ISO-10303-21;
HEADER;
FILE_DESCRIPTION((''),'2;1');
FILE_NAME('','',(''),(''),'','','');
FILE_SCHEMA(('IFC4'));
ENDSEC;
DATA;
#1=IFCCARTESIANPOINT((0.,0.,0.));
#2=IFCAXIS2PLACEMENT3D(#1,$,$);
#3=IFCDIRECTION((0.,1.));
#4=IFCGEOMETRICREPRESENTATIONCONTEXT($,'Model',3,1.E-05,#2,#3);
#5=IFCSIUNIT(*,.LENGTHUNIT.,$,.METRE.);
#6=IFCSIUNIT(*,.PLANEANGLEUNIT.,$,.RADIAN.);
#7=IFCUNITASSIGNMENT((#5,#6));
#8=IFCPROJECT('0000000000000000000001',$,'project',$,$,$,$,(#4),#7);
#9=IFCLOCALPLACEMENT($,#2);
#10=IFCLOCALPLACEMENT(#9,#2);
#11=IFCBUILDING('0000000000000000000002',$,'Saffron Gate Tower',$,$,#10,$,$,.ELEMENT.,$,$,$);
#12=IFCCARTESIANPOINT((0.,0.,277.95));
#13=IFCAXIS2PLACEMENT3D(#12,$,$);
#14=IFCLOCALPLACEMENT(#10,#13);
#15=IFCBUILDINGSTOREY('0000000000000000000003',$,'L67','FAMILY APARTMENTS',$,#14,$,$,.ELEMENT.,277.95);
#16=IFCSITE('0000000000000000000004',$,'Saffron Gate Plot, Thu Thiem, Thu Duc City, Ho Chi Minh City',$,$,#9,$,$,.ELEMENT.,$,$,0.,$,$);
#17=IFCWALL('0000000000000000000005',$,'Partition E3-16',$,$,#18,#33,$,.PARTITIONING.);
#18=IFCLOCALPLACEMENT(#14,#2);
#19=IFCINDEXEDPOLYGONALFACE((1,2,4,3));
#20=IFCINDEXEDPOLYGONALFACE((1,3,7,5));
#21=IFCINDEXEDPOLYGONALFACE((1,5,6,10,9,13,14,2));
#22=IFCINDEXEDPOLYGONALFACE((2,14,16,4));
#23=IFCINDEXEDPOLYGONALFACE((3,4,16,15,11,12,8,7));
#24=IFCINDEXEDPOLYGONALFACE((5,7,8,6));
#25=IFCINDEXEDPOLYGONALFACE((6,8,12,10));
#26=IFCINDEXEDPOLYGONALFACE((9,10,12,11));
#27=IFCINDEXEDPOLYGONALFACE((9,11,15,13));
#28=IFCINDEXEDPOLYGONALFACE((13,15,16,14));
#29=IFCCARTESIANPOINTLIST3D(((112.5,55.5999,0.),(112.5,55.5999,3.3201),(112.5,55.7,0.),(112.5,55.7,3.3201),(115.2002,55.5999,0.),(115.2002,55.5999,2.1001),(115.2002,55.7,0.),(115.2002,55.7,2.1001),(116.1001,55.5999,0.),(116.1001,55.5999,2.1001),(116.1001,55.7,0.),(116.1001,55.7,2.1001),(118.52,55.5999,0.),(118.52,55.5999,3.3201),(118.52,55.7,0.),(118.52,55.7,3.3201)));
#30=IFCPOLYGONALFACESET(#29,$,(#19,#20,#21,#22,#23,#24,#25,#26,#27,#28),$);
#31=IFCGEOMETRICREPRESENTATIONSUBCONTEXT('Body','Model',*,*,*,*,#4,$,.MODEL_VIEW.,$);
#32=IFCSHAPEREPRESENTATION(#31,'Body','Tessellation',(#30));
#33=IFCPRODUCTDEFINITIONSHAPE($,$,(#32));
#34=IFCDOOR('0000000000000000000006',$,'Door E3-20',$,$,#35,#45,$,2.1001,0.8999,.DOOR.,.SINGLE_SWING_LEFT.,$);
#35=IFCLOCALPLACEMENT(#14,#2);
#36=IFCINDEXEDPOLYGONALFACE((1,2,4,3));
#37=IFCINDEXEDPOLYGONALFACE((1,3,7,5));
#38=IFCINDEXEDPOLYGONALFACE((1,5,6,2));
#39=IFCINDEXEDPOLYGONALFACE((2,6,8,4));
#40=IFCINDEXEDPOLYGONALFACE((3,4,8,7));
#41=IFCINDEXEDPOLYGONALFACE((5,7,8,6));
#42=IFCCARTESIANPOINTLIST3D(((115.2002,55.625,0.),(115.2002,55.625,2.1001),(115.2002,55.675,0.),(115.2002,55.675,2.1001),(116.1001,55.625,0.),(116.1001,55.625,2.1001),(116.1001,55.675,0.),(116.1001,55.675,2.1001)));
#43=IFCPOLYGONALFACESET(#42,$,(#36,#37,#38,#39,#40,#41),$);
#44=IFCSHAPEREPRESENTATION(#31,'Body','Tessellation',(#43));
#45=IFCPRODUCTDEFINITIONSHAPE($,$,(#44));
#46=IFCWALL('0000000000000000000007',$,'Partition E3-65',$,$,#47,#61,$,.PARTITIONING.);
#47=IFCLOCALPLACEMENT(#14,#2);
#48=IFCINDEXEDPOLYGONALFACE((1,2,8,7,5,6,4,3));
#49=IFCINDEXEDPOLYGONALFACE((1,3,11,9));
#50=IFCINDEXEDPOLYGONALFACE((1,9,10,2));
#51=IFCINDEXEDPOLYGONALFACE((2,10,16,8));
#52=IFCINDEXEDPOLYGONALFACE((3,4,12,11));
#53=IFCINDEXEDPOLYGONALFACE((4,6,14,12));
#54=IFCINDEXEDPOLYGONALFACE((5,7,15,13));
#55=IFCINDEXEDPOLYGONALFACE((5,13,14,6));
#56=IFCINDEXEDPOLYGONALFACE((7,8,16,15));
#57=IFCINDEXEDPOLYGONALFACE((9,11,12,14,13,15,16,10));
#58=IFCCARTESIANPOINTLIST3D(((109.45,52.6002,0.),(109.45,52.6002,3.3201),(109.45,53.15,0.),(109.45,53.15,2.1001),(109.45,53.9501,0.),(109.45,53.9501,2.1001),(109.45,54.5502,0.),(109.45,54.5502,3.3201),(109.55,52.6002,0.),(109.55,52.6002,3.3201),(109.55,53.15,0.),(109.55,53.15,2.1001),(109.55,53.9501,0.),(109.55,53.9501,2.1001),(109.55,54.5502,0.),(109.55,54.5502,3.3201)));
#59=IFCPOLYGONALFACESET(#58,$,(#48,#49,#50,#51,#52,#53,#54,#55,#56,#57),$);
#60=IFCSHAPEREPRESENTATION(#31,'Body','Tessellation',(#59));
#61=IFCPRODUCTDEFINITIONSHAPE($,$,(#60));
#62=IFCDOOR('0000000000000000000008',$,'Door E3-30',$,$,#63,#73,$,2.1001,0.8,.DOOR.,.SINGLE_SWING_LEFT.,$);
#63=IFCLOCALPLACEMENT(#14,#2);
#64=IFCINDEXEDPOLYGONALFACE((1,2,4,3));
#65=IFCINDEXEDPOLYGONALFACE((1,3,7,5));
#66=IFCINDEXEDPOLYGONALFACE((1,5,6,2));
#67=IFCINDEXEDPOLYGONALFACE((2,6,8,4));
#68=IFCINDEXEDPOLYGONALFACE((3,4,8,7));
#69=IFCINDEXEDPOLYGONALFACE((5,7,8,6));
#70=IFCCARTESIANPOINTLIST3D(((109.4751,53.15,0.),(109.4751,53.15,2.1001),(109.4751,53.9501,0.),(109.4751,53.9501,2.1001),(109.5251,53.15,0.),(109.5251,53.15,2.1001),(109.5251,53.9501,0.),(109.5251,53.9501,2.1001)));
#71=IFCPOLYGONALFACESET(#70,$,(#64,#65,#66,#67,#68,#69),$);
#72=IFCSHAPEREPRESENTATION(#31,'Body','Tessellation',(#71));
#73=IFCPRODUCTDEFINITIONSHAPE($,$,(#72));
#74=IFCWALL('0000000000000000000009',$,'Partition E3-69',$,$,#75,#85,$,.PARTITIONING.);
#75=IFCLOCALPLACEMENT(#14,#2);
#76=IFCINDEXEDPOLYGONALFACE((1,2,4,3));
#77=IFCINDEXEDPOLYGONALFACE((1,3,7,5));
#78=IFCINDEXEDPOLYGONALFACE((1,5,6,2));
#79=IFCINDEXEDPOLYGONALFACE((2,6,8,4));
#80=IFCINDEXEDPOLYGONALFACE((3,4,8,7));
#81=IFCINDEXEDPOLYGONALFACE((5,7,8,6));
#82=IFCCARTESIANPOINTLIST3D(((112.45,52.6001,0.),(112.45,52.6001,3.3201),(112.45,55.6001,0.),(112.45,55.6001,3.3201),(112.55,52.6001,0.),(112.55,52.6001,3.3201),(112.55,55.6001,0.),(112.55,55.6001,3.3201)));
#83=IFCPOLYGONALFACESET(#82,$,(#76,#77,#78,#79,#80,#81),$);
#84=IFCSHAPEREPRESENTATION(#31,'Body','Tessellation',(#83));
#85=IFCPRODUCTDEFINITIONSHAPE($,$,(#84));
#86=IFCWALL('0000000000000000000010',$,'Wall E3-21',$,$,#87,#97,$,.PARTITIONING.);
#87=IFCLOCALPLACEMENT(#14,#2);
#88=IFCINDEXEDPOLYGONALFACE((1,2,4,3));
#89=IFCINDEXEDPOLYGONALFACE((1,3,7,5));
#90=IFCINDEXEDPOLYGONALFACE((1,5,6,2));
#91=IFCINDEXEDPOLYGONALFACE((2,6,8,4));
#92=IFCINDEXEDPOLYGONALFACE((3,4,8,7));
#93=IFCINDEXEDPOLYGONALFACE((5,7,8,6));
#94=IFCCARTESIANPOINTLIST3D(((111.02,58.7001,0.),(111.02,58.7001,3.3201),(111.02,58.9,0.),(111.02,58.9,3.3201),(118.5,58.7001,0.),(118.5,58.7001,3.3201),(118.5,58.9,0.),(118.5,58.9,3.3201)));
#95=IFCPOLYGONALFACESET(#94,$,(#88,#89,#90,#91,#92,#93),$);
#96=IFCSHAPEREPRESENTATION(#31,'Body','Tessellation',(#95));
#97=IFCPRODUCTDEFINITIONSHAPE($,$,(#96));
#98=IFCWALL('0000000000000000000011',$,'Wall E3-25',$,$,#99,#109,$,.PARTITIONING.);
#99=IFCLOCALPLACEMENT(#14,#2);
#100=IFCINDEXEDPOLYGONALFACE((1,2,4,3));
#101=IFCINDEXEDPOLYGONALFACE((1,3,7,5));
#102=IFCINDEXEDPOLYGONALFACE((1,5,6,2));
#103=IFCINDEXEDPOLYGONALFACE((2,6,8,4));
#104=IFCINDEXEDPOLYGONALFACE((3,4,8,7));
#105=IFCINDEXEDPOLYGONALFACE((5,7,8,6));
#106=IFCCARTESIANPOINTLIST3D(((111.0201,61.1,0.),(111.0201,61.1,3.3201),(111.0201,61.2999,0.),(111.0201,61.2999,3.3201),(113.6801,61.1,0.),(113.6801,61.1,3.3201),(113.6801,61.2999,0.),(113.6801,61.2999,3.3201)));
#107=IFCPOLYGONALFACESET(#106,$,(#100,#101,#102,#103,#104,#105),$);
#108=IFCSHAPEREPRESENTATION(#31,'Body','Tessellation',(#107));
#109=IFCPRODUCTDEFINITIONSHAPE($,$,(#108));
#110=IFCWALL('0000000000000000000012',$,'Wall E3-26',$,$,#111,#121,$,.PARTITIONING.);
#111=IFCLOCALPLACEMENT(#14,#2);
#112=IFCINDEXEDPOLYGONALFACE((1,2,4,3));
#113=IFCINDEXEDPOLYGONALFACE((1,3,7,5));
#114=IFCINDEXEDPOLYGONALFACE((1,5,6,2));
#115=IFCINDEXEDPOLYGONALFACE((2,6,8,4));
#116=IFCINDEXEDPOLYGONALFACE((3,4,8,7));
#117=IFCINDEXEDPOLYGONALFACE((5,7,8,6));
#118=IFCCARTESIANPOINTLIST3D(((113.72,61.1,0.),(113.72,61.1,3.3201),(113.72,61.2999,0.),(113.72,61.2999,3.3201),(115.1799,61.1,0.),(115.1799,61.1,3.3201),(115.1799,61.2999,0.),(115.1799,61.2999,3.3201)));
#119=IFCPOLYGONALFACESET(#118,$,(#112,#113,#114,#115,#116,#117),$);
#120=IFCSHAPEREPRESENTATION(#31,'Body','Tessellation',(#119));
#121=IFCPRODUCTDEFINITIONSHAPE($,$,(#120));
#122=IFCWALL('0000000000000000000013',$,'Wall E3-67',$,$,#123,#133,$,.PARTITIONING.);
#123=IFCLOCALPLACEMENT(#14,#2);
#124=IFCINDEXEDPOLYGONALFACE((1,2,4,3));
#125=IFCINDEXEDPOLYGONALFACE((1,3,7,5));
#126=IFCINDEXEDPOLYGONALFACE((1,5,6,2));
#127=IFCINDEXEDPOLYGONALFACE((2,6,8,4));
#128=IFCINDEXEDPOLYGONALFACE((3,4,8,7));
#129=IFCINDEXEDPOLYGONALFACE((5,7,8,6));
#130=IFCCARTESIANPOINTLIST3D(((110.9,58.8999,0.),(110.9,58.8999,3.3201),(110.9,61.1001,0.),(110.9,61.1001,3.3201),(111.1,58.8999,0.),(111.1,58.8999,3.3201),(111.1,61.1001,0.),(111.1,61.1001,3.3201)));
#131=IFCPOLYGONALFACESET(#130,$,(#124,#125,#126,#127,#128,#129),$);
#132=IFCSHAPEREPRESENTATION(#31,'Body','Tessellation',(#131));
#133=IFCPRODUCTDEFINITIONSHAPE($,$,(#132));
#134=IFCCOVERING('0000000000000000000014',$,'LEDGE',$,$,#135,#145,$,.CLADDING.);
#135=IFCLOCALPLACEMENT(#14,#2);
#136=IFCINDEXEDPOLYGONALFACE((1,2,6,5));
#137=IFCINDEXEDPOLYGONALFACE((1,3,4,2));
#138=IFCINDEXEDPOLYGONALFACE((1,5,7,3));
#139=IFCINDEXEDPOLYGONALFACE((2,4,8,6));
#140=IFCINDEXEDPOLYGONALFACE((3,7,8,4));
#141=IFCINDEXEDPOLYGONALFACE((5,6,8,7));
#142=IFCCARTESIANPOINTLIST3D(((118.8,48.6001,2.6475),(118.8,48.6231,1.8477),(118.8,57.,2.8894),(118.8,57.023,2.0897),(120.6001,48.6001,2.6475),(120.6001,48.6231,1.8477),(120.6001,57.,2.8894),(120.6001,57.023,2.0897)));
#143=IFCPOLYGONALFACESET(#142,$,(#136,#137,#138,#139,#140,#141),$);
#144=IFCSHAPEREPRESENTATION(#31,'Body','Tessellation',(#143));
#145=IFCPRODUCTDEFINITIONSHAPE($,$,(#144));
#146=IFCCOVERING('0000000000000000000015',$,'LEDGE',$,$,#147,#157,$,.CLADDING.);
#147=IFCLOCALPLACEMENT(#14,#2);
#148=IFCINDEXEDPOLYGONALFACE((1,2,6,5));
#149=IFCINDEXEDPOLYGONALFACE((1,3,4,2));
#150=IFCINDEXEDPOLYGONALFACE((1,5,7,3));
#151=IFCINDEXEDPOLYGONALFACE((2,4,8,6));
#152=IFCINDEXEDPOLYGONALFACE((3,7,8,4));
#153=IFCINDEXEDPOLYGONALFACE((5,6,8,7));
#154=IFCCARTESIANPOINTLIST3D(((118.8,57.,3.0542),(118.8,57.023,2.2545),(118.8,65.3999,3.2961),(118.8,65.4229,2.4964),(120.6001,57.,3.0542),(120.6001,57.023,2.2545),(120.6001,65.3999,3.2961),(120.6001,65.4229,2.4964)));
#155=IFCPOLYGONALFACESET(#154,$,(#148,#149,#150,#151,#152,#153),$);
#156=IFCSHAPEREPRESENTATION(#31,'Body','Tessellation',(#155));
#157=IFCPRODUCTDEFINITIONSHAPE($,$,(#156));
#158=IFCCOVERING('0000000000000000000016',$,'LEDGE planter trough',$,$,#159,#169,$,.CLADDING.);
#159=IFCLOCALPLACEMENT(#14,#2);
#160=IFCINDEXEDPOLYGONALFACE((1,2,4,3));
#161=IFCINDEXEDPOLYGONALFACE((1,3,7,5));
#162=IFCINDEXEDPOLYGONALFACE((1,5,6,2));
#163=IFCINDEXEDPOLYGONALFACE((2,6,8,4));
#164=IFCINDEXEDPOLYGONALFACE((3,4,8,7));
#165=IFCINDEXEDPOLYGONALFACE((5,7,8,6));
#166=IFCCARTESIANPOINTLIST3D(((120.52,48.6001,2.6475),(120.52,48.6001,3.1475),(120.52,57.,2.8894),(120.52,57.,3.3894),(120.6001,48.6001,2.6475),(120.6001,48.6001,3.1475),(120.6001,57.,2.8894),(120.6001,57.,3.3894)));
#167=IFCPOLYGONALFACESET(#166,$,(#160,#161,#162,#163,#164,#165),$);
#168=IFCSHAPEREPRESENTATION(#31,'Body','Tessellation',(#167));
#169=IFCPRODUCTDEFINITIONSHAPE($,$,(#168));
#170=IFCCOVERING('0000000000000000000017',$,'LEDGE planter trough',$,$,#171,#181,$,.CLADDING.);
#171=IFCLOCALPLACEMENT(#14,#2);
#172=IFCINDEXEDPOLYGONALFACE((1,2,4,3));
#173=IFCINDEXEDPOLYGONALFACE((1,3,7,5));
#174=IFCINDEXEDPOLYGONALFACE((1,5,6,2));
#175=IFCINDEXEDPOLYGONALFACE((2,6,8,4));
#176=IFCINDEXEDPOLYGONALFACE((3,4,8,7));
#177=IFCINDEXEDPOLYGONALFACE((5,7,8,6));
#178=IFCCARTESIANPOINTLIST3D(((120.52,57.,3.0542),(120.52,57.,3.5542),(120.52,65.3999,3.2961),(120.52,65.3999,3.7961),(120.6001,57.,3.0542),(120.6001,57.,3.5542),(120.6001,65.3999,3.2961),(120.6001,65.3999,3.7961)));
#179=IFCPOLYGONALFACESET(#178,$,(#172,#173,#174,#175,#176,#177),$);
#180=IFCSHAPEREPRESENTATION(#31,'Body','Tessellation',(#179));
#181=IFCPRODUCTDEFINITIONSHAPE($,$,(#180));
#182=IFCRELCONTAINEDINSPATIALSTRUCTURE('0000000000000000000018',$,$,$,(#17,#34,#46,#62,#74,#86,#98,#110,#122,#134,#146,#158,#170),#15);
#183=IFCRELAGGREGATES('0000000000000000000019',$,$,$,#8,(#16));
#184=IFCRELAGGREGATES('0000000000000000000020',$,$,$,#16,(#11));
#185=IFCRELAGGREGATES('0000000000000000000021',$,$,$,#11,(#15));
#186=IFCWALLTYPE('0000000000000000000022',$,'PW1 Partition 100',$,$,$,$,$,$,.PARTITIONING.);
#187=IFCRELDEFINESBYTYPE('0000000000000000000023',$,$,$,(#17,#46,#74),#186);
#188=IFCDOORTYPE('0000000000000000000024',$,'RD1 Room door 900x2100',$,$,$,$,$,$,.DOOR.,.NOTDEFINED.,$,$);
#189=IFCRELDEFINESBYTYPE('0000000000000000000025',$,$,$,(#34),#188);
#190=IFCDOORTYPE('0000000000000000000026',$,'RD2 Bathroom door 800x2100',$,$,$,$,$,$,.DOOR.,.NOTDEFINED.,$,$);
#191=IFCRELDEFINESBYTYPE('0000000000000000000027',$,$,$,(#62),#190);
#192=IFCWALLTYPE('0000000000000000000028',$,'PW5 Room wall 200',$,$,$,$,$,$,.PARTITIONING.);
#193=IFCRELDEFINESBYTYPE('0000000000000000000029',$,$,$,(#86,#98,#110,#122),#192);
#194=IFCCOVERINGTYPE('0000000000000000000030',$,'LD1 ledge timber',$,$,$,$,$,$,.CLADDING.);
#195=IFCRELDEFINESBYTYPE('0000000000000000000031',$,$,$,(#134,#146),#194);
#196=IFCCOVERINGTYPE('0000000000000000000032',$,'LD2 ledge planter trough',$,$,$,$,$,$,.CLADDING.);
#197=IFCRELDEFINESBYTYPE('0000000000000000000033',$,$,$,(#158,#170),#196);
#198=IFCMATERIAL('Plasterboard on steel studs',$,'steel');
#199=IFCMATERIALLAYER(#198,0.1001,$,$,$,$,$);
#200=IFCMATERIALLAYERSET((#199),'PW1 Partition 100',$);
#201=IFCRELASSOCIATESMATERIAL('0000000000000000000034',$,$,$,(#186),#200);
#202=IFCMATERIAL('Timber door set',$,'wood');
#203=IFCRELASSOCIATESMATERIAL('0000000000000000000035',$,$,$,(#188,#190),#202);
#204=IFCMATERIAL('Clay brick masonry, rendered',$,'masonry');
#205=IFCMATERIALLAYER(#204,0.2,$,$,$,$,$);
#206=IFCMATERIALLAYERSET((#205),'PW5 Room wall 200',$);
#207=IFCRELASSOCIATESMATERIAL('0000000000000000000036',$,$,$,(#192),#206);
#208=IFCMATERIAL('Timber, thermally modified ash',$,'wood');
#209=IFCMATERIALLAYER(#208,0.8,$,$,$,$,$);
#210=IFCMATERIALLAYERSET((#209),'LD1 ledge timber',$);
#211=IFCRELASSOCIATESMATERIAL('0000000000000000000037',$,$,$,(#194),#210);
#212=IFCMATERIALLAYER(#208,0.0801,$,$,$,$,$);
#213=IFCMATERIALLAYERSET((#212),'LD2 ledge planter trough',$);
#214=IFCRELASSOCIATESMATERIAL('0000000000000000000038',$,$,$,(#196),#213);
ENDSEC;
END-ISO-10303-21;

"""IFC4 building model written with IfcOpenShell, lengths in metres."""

from ifc_helpers import new_model, si_unit, direction, frame, frame_2d, origin, place, context, subcontext, project, spatial, polyline, rectangle, outline, extrude, material, layer, layer_set, type_object, element, fill, save


model = new_model("IFC4")

# Units and contexts
model_context = context("Model", 3, precision=1e-05, world=origin(), true_north=direction((0.0, 1.0)))
body_context = subcontext(model_context, "Body", "Model", "MODEL_VIEW")
ifc_project = project(units=[si_unit("LENGTHUNIT", "METRE"), si_unit("PLANEANGLEUNIT", "RADIAN")], contexts=[model_context])

# Site, building, storey
site_placement = place(None, origin())
site = spatial("IfcSite", under=ifc_project, at=site_placement, Name="Saffron Gate Plot, Thu Thiem, Thu Duc City, Ho Chi Minh City", CompositionType="ELEMENT", RefElevation=0.0)
building_placement = place(site_placement, origin())
building = spatial("IfcBuilding", under=site, at=building_placement, Name="Saffron Gate Tower", CompositionType="ELEMENT")
storey_placement = place(building_placement, frame((0.0, 0.0, 277.95)))
storey = spatial("IfcBuildingStorey", under=building, at=storey_placement, Name="L67", Description="FAMILY APARTMENTS", CompositionType="ELEMENT", Elevation=277.95)

# Walls, openings, doors
ifc_material_1 = material(Name="Plasterboard on steel studs", Category="steel")
ifc_layer_1 = layer(ifc_material_1, 0.1001)
ifc_layer_set_1 = layer_set([ifc_layer_1], Name="PW1 Partition 100")
wall_type_1 = type_object("IfcWallType", Name="PW1 Partition 100", PredefinedType="PARTITIONING", material=ifc_layer_set_1)
wall_1_placement = place(storey_placement, frame((118.52, 55.6499, 0.0), z_axis=(0.0, 0.0, 1.0), x_axis=(-1.0, 0.0, 0.0)))
wall_1 = element("IfcWall", 1, at=wall_1_placement, inside=storey, type_object=wall_type_1, Name="Partition E3-16", PredefinedType="PARTITIONING", context=body_context, shape_type="SweptSolid", body=[
    extrude(rectangle(XDim=6.02, YDim=0.1001, at=frame_2d((3.01, 0.0))), origin(), (0.0, 0.0, 1.0), 3.3201),
])
opening_1_placement = place(wall_1_placement, frame((2.4199, 0.0, 0.0)))
opening_1 = element("IfcOpeningElement", 2, at=opening_1_placement, cuts=wall_1, PredefinedType="OPENING", context=body_context, shape_type="SweptSolid", body=[
    extrude(rectangle(XDim=0.8999, YDim=2.1001, at=frame_2d((0.45, 1.05))), frame((0.0, 0.0601, 0.0), z_axis=(0.0, -1.0, 0.0), x_axis=(1.0, 0.0, 0.0)), (0.0, 0.0, 1.0), 0.1201),
])
ifc_material_2 = material(Name="Timber door set", Category="wood")
door_type_1 = type_object("IfcDoorType", Name="RD1 Room door 900x2100", OperationType="NOTDEFINED", PredefinedType="DOOR", material=ifc_material_2)
door_1_placement = place(opening_1_placement, origin())
door_1 = element("IfcDoor", 3, at=door_1_placement, inside=storey, type_object=door_type_1, Name="Door E3-20", OperationType="SINGLE_SWING_LEFT", OverallHeight=2.1001, OverallWidth=0.8999, PredefinedType="DOOR", context=body_context, shape_type="SweptSolid", body=[
    extrude(rectangle(XDim=0.8999, YDim=2.1001, at=frame_2d((0.45, 1.05))), frame((0.0, 0.0249, 0.0), z_axis=(0.0, -1.0, 0.0), x_axis=(1.0, 0.0, 0.0)), (0.0, 0.0, 1.0), 0.05),
])
fill(opening_1, door_1)
wall_2_placement = place(storey_placement, frame((109.5, 52.6001, 0.0), z_axis=(0.0, 0.0, 1.0), x_axis=(0.0, 1.0, 0.0)))
wall_2 = element("IfcWall", 4, at=wall_2_placement, inside=storey, type_object=wall_type_1, Name="Partition E3-65", PredefinedType="PARTITIONING", context=body_context, shape_type="SweptSolid", body=[
    extrude(rectangle(XDim=1.95, YDim=0.1001, at=frame_2d((0.9751, 0.0))), origin(), (0.0, 0.0, 1.0), 3.3201),
])
opening_2_placement = place(wall_2_placement, frame((0.55, 0.0, 0.0)))
opening_2 = element("IfcOpeningElement", 5, at=opening_2_placement, cuts=wall_2, PredefinedType="OPENING", context=body_context, shape_type="SweptSolid", body=[
    extrude(rectangle(XDim=0.8, YDim=2.1001, at=frame_2d((0.3999, 1.05))), frame((0.0, 0.0601, 0.0), z_axis=(0.0, -1.0, 0.0), x_axis=(1.0, 0.0, 0.0)), (0.0, 0.0, 1.0), 0.1201),
])
door_type_2 = type_object("IfcDoorType", Name="RD2 Bathroom door 800x2100", OperationType="NOTDEFINED", PredefinedType="DOOR", material=ifc_material_2)
door_2_placement = place(opening_2_placement, origin())
door_2 = element("IfcDoor", 6, at=door_2_placement, inside=storey, type_object=door_type_2, Name="Door E3-30", OperationType="SINGLE_SWING_LEFT", OverallHeight=2.1001, OverallWidth=0.8, PredefinedType="DOOR", context=body_context, shape_type="SweptSolid", body=[
    extrude(rectangle(XDim=0.8, YDim=2.1001, at=frame_2d((0.3999, 1.05))), frame((0.0, 0.0249, 0.0), z_axis=(0.0, -1.0, 0.0), x_axis=(1.0, 0.0, 0.0)), (0.0, 0.0, 1.0), 0.05),
])
fill(opening_2, door_2)

# Walls
wall_3_placement = place(storey_placement, frame((112.5, 55.6001, 0.0), z_axis=(0.0, 0.0, 1.0), x_axis=(0.0, -1.0, 0.0)))
element("IfcWall", 7, at=wall_3_placement, inside=storey, type_object=wall_type_1, Name="Partition E3-69", PredefinedType="PARTITIONING", context=body_context, shape_type="SweptSolid", body=[
    extrude(rectangle(XDim=3.0, YDim=0.1001, at=frame_2d((1.5, 0.0))), origin(), (0.0, 0.0, 1.0), 3.3201),
])
ifc_material_3 = material(Name="Clay brick masonry, rendered", Category="masonry")
ifc_layer_2 = layer(ifc_material_3, 0.2)
ifc_layer_set_2 = layer_set([ifc_layer_2], Name="PW5 Room wall 200")
wall_type_2 = type_object("IfcWallType", Name="PW5 Room wall 200", PredefinedType="PARTITIONING", material=ifc_layer_set_2)
wall_4_placement = place(storey_placement, frame((111.02, 58.8, 0.0), z_axis=(0.0, 0.0, 1.0), x_axis=(1.0, 0.0, 0.0)))
element("IfcWall", 8, at=wall_4_placement, inside=storey, type_object=wall_type_2, Name="Wall E3-21", PredefinedType="PARTITIONING", context=body_context, shape_type="SweptSolid", body=[
    extrude(rectangle(XDim=7.48, YDim=0.2, at=frame_2d((3.74, 0.0))), origin(), (0.0, 0.0, 1.0), 3.3201),
])
wall_5_placement = place(storey_placement, frame((111.02, 61.2, 0.0), z_axis=(0.0, 0.0, 1.0), x_axis=(1.0, 0.0, 0.0)))
element("IfcWall", 9, at=wall_5_placement, inside=storey, type_object=wall_type_2, Name="Wall E3-25", PredefinedType="PARTITIONING", context=body_context, shape_type="SweptSolid", body=[
    extrude(rectangle(XDim=2.6599, YDim=0.2, at=frame_2d((1.3301, 0.0))), origin(), (0.0, 0.0, 1.0), 3.3201),
])
wall_6_placement = place(storey_placement, frame((113.72, 61.2, 0.0), z_axis=(0.0, 0.0, 1.0), x_axis=(1.0, 0.0, 0.0)))
element("IfcWall", 10, at=wall_6_placement, inside=storey, type_object=wall_type_2, Name="Wall E3-26", PredefinedType="PARTITIONING", context=body_context, shape_type="SweptSolid", body=[
    extrude(rectangle(XDim=1.46, YDim=0.2, at=frame_2d((0.73, 0.0))), origin(), (0.0, 0.0, 1.0), 3.3201),
])
wall_7_placement = place(storey_placement, frame((111.0, 61.1001, 0.0), z_axis=(0.0, 0.0, 1.0), x_axis=(0.0, -1.0, 0.0)))
element("IfcWall", 11, at=wall_7_placement, inside=storey, type_object=wall_type_2, Name="Wall E3-67", PredefinedType="PARTITIONING", context=body_context, shape_type="SweptSolid", body=[
    extrude(rectangle(XDim=2.2002, YDim=0.2, at=frame_2d((1.1001, 0.0))), origin(), (0.0, 0.0, 1.0), 3.3201),
])

# Coverings
ifc_material_4 = material(Name="Timber, thermally modified ash", Category="wood")
ifc_layer_3 = layer(ifc_material_4, 0.8)
ifc_layer_set_3 = layer_set([ifc_layer_3], Name="LD1 ledge timber")
covering_type_1 = type_object("IfcCoveringType", Name="LD1 ledge timber", PredefinedType="CLADDING", material=ifc_layer_set_3)
for number, where, z_axis, x_axis, name in (
    (12, (118.8, 48.6001, 2.6475), (0.0, -0.028791, 0.999585), (0.0, 0.999585, 0.028791), "LEDGE"),
    (13, (118.8, 57.0, 3.0542), (0.0, -0.028791, 0.999585), (0.0, 0.999585, 0.028791), "LEDGE"),
):
    element("IfcCovering", number, at=place(storey_placement, frame(where, z_axis=z_axis, x_axis=x_axis)), inside=storey, type_object=covering_type_1, Name=name, PredefinedType="CLADDING", context=body_context, shape_type="SweptSolid", body=[
        extrude(outline(polyline([(0.0, 0.0), (8.4034, 0.0), (8.4034, -1.8), (0.0, -1.8), (0.0, 0.0)])), origin(), (0.0, 0.0, -1.0), 0.8),
    ])
ifc_layer_4 = layer(ifc_material_4, 0.0801)
ifc_layer_set_4 = layer_set([ifc_layer_4], Name="LD2 ledge planter trough")
covering_type_2 = type_object("IfcCoveringType", Name="LD2 ledge planter trough", PredefinedType="CLADDING", material=ifc_layer_set_4)
for number, where, z_axis, x_axis, name in (
    (14, (120.6001, 48.6001, 2.6475), (1.0, 0.0, 0.0), (0.0, 0.999585, 0.028791), "LEDGE planter trough"),
    (15, (120.6001, 57.0, 3.0542), (1.0, 0.0, 0.0), (0.0, 0.999585, 0.028791), "LEDGE planter trough"),
):
    element("IfcCovering", number, at=place(storey_placement, frame(where, z_axis=z_axis, x_axis=x_axis)), inside=storey, type_object=covering_type_2, Name=name, PredefinedType="CLADDING", context=body_context, shape_type="SweptSolid", body=[
        extrude(outline(polyline([(0.0, 0.0), (8.4034, 0.0), (8.4178, 0.4998), (0.0144, 0.4998), (0.0, 0.0)])), origin(), (0.0, 0.0, -1.0), 0.0801),
    ])

save(model, "model.ifc")
